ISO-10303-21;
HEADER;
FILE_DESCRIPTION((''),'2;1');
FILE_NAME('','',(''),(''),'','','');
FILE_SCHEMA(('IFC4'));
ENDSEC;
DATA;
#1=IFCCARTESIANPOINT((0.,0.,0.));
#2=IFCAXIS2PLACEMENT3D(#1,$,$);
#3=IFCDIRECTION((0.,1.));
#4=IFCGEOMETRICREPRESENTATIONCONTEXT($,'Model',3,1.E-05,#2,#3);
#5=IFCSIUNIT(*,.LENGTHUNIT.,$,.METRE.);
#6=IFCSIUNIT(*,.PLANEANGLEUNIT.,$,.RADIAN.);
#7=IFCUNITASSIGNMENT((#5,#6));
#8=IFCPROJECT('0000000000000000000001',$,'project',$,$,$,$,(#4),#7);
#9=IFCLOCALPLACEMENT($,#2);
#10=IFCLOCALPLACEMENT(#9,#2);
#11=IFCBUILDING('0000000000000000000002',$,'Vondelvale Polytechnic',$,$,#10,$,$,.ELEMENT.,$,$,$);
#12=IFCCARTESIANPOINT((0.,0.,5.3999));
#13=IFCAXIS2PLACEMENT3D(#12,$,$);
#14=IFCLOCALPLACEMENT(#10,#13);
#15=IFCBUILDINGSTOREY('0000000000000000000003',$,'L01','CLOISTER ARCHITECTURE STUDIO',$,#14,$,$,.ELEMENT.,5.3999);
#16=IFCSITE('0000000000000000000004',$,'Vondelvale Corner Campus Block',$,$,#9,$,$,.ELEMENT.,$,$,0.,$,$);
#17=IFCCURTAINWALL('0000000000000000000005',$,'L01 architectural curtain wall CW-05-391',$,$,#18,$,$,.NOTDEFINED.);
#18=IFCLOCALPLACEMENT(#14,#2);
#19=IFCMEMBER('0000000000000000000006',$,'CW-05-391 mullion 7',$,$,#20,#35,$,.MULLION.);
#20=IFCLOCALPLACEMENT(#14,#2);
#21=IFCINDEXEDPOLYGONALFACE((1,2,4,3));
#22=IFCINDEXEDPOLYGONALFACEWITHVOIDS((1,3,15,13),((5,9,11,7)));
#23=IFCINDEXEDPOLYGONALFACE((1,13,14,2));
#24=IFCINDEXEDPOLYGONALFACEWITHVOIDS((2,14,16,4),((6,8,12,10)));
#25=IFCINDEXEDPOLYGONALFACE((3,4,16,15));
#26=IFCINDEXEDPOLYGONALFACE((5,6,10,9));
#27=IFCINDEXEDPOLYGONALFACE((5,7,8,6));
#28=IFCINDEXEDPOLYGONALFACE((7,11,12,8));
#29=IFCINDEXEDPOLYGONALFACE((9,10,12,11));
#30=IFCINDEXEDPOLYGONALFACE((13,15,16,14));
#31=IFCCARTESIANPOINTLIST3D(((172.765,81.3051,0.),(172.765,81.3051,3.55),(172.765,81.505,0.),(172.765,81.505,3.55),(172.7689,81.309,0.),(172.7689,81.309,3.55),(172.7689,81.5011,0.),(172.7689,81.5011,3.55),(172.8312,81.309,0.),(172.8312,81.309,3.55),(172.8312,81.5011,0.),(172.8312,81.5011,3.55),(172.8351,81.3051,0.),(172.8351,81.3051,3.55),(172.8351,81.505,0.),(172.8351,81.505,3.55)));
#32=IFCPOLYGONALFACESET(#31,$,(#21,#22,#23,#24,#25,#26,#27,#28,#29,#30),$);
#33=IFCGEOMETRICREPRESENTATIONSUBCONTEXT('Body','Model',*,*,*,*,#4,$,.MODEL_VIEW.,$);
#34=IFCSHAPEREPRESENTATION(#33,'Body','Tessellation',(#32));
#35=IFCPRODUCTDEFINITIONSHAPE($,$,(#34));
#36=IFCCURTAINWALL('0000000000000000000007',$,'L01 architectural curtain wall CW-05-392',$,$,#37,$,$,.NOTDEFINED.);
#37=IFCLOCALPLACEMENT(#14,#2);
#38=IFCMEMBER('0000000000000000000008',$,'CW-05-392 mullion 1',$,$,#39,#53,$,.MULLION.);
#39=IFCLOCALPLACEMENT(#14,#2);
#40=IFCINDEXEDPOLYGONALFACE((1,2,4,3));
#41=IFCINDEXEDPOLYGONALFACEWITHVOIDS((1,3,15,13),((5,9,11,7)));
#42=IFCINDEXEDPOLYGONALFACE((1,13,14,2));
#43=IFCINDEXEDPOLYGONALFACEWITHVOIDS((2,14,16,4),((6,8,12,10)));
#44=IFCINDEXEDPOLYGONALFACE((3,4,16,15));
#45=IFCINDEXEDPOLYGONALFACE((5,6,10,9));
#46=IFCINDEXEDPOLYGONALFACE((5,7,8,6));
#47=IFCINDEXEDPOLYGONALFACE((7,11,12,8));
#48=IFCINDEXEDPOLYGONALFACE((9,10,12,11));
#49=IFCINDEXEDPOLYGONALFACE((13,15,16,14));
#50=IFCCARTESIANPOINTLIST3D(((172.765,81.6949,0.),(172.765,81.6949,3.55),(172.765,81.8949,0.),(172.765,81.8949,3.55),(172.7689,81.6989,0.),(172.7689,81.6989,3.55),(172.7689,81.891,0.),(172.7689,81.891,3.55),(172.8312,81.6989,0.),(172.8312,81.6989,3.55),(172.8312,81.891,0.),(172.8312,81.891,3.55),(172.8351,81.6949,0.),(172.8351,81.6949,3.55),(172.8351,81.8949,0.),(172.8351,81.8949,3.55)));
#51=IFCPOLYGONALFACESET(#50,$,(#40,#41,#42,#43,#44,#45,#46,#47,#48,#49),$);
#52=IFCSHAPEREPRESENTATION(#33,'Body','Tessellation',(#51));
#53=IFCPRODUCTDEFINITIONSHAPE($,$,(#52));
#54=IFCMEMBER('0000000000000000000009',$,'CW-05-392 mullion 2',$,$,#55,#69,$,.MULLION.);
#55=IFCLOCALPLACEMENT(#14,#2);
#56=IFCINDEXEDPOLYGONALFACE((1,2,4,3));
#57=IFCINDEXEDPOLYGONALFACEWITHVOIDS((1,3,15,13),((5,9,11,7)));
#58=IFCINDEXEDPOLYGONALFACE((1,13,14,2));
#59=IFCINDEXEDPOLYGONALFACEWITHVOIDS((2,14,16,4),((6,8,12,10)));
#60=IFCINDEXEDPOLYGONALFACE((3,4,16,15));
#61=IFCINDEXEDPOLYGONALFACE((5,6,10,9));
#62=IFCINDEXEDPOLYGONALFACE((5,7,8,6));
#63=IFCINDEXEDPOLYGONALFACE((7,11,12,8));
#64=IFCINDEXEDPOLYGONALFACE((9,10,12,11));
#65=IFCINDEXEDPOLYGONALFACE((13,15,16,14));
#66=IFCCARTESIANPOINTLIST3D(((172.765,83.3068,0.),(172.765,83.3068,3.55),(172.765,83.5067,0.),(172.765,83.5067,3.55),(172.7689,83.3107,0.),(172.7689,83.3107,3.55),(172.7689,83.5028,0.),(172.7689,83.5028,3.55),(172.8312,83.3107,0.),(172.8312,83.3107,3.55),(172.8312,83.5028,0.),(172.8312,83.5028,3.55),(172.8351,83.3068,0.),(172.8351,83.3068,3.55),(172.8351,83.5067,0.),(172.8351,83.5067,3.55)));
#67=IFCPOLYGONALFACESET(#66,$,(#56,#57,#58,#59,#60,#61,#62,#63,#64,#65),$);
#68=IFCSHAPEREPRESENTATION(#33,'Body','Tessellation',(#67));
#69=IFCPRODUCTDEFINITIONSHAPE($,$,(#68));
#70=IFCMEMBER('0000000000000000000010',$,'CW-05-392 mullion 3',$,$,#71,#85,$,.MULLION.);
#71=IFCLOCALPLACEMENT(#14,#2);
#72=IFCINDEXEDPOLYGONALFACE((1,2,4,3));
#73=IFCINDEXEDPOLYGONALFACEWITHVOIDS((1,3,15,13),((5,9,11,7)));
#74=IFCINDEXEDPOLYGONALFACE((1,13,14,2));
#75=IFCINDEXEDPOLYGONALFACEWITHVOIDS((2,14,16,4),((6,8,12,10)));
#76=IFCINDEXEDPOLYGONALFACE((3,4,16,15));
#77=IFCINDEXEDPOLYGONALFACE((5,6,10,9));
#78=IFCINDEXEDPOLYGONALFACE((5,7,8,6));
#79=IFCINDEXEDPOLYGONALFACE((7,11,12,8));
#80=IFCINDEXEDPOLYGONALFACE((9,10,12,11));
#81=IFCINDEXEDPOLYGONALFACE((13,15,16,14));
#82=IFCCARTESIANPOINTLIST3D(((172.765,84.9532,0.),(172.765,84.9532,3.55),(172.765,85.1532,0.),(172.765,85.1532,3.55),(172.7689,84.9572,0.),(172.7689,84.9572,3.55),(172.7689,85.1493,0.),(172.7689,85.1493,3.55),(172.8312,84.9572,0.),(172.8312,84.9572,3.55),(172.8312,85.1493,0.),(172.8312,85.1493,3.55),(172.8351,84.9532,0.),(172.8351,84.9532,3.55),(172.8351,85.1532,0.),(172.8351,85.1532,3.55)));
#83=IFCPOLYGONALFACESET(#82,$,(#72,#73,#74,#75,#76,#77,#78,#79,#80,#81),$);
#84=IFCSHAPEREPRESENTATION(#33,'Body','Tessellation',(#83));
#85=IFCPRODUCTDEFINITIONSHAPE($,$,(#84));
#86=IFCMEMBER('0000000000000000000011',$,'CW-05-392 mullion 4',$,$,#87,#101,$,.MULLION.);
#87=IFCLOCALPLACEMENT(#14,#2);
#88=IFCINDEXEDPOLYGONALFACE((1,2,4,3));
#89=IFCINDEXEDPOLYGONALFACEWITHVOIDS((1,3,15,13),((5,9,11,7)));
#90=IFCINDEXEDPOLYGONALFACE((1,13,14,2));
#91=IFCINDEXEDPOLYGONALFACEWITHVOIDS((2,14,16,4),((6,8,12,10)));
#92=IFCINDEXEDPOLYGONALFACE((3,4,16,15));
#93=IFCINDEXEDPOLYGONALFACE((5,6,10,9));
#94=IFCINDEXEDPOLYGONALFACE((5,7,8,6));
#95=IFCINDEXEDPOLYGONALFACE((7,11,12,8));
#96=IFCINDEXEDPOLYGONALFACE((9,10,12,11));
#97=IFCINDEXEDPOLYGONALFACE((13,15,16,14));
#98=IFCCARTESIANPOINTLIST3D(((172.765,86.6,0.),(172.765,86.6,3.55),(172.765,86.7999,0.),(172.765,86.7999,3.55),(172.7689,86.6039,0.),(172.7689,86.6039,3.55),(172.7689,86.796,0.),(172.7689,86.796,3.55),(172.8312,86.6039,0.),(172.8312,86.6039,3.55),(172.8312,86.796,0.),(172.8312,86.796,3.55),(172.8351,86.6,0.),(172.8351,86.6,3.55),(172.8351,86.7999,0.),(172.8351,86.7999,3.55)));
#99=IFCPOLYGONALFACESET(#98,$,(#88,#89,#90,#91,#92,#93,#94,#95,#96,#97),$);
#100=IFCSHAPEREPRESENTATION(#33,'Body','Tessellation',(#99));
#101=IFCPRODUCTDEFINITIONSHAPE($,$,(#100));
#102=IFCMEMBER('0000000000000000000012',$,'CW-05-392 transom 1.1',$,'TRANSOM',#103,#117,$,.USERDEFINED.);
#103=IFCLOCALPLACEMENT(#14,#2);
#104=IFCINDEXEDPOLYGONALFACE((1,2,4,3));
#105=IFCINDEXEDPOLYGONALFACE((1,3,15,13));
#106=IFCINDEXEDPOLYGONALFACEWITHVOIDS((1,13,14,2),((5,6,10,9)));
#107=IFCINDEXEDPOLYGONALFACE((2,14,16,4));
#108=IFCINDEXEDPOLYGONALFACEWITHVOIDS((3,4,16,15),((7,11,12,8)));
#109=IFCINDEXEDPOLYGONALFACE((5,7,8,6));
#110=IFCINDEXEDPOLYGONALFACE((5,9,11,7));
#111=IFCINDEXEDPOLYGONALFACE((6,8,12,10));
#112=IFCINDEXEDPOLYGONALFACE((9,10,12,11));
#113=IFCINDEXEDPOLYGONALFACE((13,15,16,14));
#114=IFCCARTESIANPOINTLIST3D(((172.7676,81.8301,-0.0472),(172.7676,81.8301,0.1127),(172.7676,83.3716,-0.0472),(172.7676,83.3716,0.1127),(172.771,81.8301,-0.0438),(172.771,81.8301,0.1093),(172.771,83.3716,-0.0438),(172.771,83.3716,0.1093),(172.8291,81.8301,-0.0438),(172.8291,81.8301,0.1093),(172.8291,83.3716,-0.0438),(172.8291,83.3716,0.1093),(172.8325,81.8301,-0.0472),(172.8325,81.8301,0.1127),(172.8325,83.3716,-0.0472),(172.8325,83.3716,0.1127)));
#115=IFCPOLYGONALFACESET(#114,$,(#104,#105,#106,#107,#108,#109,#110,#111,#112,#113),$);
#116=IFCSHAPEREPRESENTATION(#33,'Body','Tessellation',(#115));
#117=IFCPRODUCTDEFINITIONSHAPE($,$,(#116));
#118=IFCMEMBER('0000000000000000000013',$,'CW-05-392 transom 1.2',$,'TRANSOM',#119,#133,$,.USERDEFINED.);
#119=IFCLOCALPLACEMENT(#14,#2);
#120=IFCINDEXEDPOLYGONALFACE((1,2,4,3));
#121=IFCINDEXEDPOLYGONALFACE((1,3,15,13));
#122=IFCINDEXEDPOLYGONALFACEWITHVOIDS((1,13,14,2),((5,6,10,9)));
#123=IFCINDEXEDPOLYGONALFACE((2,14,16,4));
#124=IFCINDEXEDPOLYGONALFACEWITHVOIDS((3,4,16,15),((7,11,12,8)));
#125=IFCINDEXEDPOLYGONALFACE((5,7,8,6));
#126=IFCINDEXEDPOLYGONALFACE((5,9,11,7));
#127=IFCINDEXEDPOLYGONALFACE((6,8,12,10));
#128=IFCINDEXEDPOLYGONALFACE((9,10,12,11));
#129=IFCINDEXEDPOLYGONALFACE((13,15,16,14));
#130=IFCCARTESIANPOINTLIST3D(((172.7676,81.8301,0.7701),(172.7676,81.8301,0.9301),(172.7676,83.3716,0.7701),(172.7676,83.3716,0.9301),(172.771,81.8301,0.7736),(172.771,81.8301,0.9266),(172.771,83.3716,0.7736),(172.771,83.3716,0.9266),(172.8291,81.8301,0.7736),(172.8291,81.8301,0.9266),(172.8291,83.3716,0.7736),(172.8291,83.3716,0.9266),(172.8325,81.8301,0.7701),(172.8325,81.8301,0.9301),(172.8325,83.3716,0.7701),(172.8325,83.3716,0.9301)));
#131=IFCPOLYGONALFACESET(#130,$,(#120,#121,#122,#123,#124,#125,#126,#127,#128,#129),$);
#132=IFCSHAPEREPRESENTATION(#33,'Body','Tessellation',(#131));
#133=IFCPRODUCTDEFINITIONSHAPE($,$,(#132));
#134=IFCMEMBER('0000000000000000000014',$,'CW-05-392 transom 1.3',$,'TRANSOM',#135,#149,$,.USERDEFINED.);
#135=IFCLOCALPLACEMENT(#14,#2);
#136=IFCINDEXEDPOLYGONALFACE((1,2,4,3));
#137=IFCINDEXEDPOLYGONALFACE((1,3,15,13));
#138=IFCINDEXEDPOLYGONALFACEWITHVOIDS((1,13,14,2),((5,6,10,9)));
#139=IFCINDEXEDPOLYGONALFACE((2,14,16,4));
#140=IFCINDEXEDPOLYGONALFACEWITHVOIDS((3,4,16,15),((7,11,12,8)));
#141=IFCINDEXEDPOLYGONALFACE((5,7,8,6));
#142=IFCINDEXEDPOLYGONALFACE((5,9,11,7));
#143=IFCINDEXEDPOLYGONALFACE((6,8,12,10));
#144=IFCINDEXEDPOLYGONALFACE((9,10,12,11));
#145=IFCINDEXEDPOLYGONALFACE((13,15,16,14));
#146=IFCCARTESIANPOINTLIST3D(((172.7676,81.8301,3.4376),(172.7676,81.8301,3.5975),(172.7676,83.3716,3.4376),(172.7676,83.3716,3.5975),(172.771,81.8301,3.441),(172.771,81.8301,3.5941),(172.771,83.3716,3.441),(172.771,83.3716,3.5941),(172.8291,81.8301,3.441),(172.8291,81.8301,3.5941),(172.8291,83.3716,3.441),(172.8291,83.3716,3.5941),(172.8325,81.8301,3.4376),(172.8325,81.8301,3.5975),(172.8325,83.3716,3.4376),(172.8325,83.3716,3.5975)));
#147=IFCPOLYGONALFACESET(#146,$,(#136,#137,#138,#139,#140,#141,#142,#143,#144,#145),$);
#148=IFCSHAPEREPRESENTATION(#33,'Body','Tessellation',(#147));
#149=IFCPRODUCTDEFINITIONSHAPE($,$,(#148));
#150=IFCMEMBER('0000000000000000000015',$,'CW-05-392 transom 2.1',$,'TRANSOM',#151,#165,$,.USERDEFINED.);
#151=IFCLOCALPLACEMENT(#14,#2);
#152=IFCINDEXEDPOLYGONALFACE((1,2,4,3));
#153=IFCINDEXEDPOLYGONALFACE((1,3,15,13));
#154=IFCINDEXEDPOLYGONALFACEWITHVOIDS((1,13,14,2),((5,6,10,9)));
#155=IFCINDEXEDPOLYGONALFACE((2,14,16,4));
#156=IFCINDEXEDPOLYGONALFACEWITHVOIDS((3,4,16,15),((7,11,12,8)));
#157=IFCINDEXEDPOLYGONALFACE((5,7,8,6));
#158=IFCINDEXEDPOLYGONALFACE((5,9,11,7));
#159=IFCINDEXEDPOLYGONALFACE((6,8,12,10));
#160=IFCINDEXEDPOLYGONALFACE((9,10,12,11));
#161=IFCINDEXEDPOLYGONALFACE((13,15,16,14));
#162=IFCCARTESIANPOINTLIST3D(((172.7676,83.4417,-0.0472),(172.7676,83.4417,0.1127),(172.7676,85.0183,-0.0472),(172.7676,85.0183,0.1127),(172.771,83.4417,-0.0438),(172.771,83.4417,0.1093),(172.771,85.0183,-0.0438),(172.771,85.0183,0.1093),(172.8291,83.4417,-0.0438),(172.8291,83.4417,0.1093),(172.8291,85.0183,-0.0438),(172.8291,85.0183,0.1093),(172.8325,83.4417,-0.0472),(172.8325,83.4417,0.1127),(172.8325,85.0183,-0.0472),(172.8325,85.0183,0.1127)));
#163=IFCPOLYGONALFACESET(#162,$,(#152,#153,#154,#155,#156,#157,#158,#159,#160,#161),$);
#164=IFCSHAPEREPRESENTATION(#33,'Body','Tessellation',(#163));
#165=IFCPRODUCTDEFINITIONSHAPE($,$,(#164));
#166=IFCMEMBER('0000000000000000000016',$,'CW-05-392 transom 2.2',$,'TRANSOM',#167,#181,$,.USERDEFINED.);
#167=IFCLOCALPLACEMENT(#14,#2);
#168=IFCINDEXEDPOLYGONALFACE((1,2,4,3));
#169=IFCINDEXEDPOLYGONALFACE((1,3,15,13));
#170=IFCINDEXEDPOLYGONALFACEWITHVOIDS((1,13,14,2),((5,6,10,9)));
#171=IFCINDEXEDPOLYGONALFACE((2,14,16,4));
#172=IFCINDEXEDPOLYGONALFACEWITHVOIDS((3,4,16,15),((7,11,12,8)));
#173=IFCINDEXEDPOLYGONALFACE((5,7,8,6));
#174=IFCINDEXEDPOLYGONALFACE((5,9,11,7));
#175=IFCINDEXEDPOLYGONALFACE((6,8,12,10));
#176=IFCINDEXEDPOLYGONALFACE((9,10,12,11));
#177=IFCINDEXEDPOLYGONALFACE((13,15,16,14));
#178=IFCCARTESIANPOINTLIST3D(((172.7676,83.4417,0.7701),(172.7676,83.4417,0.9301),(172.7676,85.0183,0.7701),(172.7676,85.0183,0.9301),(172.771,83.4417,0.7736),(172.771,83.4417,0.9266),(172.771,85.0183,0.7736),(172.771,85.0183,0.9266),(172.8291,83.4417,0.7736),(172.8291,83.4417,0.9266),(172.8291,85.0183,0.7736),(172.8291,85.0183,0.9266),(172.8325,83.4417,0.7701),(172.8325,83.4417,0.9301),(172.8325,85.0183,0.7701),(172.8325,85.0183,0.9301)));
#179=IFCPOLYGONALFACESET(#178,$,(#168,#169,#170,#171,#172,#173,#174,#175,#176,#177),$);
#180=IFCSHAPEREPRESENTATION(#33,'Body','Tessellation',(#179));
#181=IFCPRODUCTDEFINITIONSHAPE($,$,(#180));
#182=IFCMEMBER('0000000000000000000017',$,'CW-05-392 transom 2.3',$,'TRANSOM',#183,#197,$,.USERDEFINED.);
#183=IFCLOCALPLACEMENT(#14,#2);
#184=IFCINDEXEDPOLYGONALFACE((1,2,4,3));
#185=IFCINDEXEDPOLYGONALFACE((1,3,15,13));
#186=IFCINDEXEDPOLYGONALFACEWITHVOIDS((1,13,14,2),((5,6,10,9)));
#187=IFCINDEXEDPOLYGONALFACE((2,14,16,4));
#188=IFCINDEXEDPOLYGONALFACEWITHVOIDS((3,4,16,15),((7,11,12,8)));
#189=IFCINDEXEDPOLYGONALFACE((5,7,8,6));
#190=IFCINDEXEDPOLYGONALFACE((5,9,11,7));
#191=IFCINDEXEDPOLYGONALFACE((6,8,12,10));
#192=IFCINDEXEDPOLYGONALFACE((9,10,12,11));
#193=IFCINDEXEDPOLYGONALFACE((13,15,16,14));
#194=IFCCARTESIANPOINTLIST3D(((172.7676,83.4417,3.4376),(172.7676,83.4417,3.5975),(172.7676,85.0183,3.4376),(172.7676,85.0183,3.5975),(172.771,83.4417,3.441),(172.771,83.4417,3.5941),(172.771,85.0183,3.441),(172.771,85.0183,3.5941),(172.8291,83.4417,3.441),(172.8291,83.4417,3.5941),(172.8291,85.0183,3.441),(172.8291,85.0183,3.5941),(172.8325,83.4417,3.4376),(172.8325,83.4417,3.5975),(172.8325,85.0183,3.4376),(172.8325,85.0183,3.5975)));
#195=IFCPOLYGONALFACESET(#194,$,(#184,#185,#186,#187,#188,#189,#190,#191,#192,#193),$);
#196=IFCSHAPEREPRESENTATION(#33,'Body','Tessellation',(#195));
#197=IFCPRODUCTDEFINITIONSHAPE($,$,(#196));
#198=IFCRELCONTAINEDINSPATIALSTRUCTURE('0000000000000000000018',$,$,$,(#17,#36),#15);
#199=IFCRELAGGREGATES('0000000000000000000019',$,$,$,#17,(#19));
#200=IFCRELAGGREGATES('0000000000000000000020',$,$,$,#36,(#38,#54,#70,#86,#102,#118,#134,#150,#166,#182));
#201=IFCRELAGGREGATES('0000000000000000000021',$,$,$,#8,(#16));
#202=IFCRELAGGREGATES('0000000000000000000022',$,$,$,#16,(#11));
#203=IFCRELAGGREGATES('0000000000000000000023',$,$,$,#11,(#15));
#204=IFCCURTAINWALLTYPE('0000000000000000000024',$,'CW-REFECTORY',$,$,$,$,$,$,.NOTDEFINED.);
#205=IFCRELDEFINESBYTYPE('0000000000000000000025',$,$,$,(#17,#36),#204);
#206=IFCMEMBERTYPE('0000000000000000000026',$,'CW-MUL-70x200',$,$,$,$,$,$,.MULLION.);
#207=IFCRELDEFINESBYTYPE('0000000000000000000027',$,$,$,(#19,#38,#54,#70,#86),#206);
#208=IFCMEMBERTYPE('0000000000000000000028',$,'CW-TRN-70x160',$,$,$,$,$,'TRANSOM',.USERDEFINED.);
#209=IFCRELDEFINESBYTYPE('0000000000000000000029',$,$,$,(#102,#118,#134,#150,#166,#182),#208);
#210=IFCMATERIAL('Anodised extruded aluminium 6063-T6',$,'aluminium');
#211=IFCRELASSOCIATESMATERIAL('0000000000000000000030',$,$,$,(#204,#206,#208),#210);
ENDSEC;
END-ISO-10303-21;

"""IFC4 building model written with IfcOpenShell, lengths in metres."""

from ifc_helpers import new_model, si_unit, direction, frame, origin, origin_2d, place, context, subcontext, project, spatial, hollow_rectangle, extrude, material, material_profile, profile_set, type_object, element, aggregate, save


model = new_model("IFC4")

# Units and contexts
model_context = context("Model", 3, precision=1e-05, world=origin(), true_north=direction((0.0, 1.0)))
body_context = subcontext(model_context, "Body", "Model", "MODEL_VIEW")
ifc_project = project(units=[si_unit("LENGTHUNIT", "METRE"), si_unit("PLANEANGLEUNIT", "RADIAN")], contexts=[model_context])

# Site, building, storey
site_placement = place(None, origin())
site = spatial("IfcSite", under=ifc_project, at=site_placement, Name="Vondelvale Corner Campus Block", CompositionType="ELEMENT", RefElevation=0.0)
building_placement = place(site_placement, origin())
building = spatial("IfcBuilding", under=site, at=building_placement, Name="Vondelvale Polytechnic", CompositionType="ELEMENT")
storey_placement = place(building_placement, frame((0.0, 0.0, 5.3999)))
storey = spatial("IfcBuildingStorey", under=building, at=storey_placement, Name="L01", Description="CLOISTER ARCHITECTURE STUDIO", CompositionType="ELEMENT", Elevation=5.3999)

# Curtain wall, member
ifc_material_1 = material(Name="Anodised extruded aluminium 6063-T6", Category="aluminium")
curtain_wall_type = type_object("IfcCurtainWallType", Name="CW-REFECTORY", PredefinedType="NOTDEFINED", material=ifc_material_1)
curtain_wall_1_placement = place(storey_placement, origin())
curtain_wall_1 = element("IfcCurtainWall", 1, at=curtain_wall_1_placement, inside=storey, type_object=curtain_wall_type, Name="L01 architectural curtain wall CW-05-391", PredefinedType="NOTDEFINED")
ifc_material_profile_1 = material_profile(ifc_material_1, hollow_rectangle(XDim=0.0701, YDim=0.2, WallThickness=0.0039, at=origin_2d()), Name="CW-MUL-200x70")
ifc_profile_set_1 = profile_set([ifc_material_profile_1], Name="Anodised extruded aluminium 6063-T6")
member_type_1 = type_object("IfcMemberType", Name="CW-MUL-70x200", PredefinedType="MULLION", material=ifc_profile_set_1)
member_1_placement = place(storey_placement, frame((172.8, 81.405, 0.0), z_axis=(0.0, 0.0, 1.0), x_axis=(-1.0, 0.0, 0.0)))
member_1 = element("IfcMember", 2, at=member_1_placement, type_object=member_type_1, Name="CW-05-391 mullion 7", PredefinedType="MULLION", context=body_context, shape_type="SweptSolid", body=[
    extrude(hollow_rectangle(XDim=0.0701, YDim=0.2, WallThickness=0.0039, at=origin_2d()), origin(), (0.0, 0.0, 1.0), 3.55),
])

# Curtain wall, members
curtain_wall_2_placement = place(storey_placement, origin())
curtain_wall_2 = element("IfcCurtainWall", 3, at=curtain_wall_2_placement, inside=storey, type_object=curtain_wall_type, Name="L01 architectural curtain wall CW-05-392", PredefinedType="NOTDEFINED")
member_2_placement = place(storey_placement, frame((172.8, 81.7949, 0.0), z_axis=(0.0, 0.0, 1.0), x_axis=(-1.0, 0.0, 0.0)))
member_2 = element("IfcMember", 4, at=member_2_placement, type_object=member_type_1, Name="CW-05-392 mullion 1", PredefinedType="MULLION", context=body_context, shape_type="SweptSolid", body=[
    extrude(hollow_rectangle(XDim=0.0701, YDim=0.2, WallThickness=0.0039, at=origin_2d()), origin(), (0.0, 0.0, 1.0), 3.55),
])
member_3_placement = place(storey_placement, frame((172.8, 83.4067, 0.0), z_axis=(0.0, 0.0, 1.0), x_axis=(-1.0, 0.0, 0.0)))
member_3 = element("IfcMember", 5, at=member_3_placement, type_object=member_type_1, Name="CW-05-392 mullion 2", PredefinedType="MULLION", context=body_context, shape_type="SweptSolid", body=[
    extrude(hollow_rectangle(XDim=0.0701, YDim=0.2, WallThickness=0.0039, at=origin_2d()), origin(), (0.0, 0.0, 1.0), 3.55),
])
member_4_placement = place(storey_placement, frame((172.8, 85.0532, 0.0), z_axis=(0.0, 0.0, 1.0), x_axis=(-1.0, 0.0, 0.0)))
member_4 = element("IfcMember", 6, at=member_4_placement, type_object=member_type_1, Name="CW-05-392 mullion 3", PredefinedType="MULLION", context=body_context, shape_type="SweptSolid", body=[
    extrude(hollow_rectangle(XDim=0.0701, YDim=0.2, WallThickness=0.0039, at=origin_2d()), origin(), (0.0, 0.0, 1.0), 3.55),
])
member_5_placement = place(storey_placement, frame((172.8, 86.7, 0.0), z_axis=(0.0, 0.0, 1.0), x_axis=(-1.0, 0.0, 0.0)))
member_5 = element("IfcMember", 7, at=member_5_placement, type_object=member_type_1, Name="CW-05-392 mullion 4", PredefinedType="MULLION", context=body_context, shape_type="SweptSolid", body=[
    extrude(hollow_rectangle(XDim=0.0701, YDim=0.2, WallThickness=0.0039, at=origin_2d()), origin(), (0.0, 0.0, 1.0), 3.55),
])
ifc_material_profile_2 = material_profile(ifc_material_1, hollow_rectangle(XDim=0.0649, YDim=0.1599, WallThickness=0.0034, at=origin_2d()), Name="CW-TRN-160x65")
ifc_profile_set_2 = profile_set([ifc_material_profile_2], Name="Anodised extruded aluminium 6063-T6")
member_type_2 = type_object("IfcMemberType", Name="CW-TRN-70x160", ElementType="TRANSOM", PredefinedType="USERDEFINED", material=ifc_profile_set_2)
member_6_placement = place(storey_placement, frame((172.8, 81.8301, 0.0327), z_axis=(0.0, 1.0, 0.0), x_axis=(-1.0, 0.0, 0.0)))
member_6 = element("IfcMember", 8, at=member_6_placement, type_object=member_type_2, Name="CW-05-392 transom 1.1", ObjectType="TRANSOM", PredefinedType="USERDEFINED", context=body_context, shape_type="SweptSolid", body=[
    extrude(hollow_rectangle(XDim=0.0649, YDim=0.1599, WallThickness=0.0034, at=origin_2d()), origin(), (0.0, 0.0, 1.0), 1.5415),
])
member_7_placement = place(storey_placement, frame((172.8, 81.8301, 0.8501), z_axis=(0.0, 1.0, 0.0), x_axis=(-1.0, 0.0, 0.0)))
member_7 = element("IfcMember", 9, at=member_7_placement, type_object=member_type_2, Name="CW-05-392 transom 1.2", ObjectType="TRANSOM", PredefinedType="USERDEFINED", context=body_context, shape_type="SweptSolid", body=[
    extrude(hollow_rectangle(XDim=0.0649, YDim=0.1599, WallThickness=0.0034, at=origin_2d()), origin(), (0.0, 0.0, 1.0), 1.5415),
])
member_8_placement = place(storey_placement, frame((172.8, 81.8301, 3.5176), z_axis=(0.0, 1.0, 0.0), x_axis=(-1.0, 0.0, 0.0)))
member_8 = element("IfcMember", 10, at=member_8_placement, type_object=member_type_2, Name="CW-05-392 transom 1.3", ObjectType="TRANSOM", PredefinedType="USERDEFINED", context=body_context, shape_type="SweptSolid", body=[
    extrude(hollow_rectangle(XDim=0.0649, YDim=0.1599, WallThickness=0.0034, at=origin_2d()), origin(), (0.0, 0.0, 1.0), 1.5415),
])
member_9_placement = place(storey_placement, frame((172.8, 83.4417, 0.0327), z_axis=(0.0, 1.0, 0.0), x_axis=(-1.0, 0.0, 0.0)))
member_9 = element("IfcMember", 11, at=member_9_placement, type_object=member_type_2, Name="CW-05-392 transom 2.1", ObjectType="TRANSOM", PredefinedType="USERDEFINED", context=body_context, shape_type="SweptSolid", body=[
    extrude(hollow_rectangle(XDim=0.0649, YDim=0.1599, WallThickness=0.0034, at=origin_2d()), origin(), (0.0, 0.0, 1.0), 1.5767),
])
member_10_placement = place(storey_placement, frame((172.8, 83.4417, 0.8501), z_axis=(0.0, 1.0, 0.0), x_axis=(-1.0, 0.0, 0.0)))
member_10 = element("IfcMember", 12, at=member_10_placement, type_object=member_type_2, Name="CW-05-392 transom 2.2", ObjectType="TRANSOM", PredefinedType="USERDEFINED", context=body_context, shape_type="SweptSolid", body=[
    extrude(hollow_rectangle(XDim=0.0649, YDim=0.1599, WallThickness=0.0034, at=origin_2d()), origin(), (0.0, 0.0, 1.0), 1.5767),
])
member_11_placement = place(storey_placement, frame((172.8, 83.4417, 3.5176), z_axis=(0.0, 1.0, 0.0), x_axis=(-1.0, 0.0, 0.0)))
member_11 = element("IfcMember", 13, at=member_11_placement, type_object=member_type_2, Name="CW-05-392 transom 2.3", ObjectType="TRANSOM", PredefinedType="USERDEFINED", context=body_context, shape_type="SweptSolid", body=[
    extrude(hollow_rectangle(XDim=0.0649, YDim=0.1599, WallThickness=0.0034, at=origin_2d()), origin(), (0.0, 0.0, 1.0), 1.5767),
])

aggregate(curtain_wall_1, [member_1])
aggregate(curtain_wall_2, [member_2, member_3, member_4, member_5, member_6, member_7, member_8, member_9, member_10, member_11])

save(model, "model.ifc")
